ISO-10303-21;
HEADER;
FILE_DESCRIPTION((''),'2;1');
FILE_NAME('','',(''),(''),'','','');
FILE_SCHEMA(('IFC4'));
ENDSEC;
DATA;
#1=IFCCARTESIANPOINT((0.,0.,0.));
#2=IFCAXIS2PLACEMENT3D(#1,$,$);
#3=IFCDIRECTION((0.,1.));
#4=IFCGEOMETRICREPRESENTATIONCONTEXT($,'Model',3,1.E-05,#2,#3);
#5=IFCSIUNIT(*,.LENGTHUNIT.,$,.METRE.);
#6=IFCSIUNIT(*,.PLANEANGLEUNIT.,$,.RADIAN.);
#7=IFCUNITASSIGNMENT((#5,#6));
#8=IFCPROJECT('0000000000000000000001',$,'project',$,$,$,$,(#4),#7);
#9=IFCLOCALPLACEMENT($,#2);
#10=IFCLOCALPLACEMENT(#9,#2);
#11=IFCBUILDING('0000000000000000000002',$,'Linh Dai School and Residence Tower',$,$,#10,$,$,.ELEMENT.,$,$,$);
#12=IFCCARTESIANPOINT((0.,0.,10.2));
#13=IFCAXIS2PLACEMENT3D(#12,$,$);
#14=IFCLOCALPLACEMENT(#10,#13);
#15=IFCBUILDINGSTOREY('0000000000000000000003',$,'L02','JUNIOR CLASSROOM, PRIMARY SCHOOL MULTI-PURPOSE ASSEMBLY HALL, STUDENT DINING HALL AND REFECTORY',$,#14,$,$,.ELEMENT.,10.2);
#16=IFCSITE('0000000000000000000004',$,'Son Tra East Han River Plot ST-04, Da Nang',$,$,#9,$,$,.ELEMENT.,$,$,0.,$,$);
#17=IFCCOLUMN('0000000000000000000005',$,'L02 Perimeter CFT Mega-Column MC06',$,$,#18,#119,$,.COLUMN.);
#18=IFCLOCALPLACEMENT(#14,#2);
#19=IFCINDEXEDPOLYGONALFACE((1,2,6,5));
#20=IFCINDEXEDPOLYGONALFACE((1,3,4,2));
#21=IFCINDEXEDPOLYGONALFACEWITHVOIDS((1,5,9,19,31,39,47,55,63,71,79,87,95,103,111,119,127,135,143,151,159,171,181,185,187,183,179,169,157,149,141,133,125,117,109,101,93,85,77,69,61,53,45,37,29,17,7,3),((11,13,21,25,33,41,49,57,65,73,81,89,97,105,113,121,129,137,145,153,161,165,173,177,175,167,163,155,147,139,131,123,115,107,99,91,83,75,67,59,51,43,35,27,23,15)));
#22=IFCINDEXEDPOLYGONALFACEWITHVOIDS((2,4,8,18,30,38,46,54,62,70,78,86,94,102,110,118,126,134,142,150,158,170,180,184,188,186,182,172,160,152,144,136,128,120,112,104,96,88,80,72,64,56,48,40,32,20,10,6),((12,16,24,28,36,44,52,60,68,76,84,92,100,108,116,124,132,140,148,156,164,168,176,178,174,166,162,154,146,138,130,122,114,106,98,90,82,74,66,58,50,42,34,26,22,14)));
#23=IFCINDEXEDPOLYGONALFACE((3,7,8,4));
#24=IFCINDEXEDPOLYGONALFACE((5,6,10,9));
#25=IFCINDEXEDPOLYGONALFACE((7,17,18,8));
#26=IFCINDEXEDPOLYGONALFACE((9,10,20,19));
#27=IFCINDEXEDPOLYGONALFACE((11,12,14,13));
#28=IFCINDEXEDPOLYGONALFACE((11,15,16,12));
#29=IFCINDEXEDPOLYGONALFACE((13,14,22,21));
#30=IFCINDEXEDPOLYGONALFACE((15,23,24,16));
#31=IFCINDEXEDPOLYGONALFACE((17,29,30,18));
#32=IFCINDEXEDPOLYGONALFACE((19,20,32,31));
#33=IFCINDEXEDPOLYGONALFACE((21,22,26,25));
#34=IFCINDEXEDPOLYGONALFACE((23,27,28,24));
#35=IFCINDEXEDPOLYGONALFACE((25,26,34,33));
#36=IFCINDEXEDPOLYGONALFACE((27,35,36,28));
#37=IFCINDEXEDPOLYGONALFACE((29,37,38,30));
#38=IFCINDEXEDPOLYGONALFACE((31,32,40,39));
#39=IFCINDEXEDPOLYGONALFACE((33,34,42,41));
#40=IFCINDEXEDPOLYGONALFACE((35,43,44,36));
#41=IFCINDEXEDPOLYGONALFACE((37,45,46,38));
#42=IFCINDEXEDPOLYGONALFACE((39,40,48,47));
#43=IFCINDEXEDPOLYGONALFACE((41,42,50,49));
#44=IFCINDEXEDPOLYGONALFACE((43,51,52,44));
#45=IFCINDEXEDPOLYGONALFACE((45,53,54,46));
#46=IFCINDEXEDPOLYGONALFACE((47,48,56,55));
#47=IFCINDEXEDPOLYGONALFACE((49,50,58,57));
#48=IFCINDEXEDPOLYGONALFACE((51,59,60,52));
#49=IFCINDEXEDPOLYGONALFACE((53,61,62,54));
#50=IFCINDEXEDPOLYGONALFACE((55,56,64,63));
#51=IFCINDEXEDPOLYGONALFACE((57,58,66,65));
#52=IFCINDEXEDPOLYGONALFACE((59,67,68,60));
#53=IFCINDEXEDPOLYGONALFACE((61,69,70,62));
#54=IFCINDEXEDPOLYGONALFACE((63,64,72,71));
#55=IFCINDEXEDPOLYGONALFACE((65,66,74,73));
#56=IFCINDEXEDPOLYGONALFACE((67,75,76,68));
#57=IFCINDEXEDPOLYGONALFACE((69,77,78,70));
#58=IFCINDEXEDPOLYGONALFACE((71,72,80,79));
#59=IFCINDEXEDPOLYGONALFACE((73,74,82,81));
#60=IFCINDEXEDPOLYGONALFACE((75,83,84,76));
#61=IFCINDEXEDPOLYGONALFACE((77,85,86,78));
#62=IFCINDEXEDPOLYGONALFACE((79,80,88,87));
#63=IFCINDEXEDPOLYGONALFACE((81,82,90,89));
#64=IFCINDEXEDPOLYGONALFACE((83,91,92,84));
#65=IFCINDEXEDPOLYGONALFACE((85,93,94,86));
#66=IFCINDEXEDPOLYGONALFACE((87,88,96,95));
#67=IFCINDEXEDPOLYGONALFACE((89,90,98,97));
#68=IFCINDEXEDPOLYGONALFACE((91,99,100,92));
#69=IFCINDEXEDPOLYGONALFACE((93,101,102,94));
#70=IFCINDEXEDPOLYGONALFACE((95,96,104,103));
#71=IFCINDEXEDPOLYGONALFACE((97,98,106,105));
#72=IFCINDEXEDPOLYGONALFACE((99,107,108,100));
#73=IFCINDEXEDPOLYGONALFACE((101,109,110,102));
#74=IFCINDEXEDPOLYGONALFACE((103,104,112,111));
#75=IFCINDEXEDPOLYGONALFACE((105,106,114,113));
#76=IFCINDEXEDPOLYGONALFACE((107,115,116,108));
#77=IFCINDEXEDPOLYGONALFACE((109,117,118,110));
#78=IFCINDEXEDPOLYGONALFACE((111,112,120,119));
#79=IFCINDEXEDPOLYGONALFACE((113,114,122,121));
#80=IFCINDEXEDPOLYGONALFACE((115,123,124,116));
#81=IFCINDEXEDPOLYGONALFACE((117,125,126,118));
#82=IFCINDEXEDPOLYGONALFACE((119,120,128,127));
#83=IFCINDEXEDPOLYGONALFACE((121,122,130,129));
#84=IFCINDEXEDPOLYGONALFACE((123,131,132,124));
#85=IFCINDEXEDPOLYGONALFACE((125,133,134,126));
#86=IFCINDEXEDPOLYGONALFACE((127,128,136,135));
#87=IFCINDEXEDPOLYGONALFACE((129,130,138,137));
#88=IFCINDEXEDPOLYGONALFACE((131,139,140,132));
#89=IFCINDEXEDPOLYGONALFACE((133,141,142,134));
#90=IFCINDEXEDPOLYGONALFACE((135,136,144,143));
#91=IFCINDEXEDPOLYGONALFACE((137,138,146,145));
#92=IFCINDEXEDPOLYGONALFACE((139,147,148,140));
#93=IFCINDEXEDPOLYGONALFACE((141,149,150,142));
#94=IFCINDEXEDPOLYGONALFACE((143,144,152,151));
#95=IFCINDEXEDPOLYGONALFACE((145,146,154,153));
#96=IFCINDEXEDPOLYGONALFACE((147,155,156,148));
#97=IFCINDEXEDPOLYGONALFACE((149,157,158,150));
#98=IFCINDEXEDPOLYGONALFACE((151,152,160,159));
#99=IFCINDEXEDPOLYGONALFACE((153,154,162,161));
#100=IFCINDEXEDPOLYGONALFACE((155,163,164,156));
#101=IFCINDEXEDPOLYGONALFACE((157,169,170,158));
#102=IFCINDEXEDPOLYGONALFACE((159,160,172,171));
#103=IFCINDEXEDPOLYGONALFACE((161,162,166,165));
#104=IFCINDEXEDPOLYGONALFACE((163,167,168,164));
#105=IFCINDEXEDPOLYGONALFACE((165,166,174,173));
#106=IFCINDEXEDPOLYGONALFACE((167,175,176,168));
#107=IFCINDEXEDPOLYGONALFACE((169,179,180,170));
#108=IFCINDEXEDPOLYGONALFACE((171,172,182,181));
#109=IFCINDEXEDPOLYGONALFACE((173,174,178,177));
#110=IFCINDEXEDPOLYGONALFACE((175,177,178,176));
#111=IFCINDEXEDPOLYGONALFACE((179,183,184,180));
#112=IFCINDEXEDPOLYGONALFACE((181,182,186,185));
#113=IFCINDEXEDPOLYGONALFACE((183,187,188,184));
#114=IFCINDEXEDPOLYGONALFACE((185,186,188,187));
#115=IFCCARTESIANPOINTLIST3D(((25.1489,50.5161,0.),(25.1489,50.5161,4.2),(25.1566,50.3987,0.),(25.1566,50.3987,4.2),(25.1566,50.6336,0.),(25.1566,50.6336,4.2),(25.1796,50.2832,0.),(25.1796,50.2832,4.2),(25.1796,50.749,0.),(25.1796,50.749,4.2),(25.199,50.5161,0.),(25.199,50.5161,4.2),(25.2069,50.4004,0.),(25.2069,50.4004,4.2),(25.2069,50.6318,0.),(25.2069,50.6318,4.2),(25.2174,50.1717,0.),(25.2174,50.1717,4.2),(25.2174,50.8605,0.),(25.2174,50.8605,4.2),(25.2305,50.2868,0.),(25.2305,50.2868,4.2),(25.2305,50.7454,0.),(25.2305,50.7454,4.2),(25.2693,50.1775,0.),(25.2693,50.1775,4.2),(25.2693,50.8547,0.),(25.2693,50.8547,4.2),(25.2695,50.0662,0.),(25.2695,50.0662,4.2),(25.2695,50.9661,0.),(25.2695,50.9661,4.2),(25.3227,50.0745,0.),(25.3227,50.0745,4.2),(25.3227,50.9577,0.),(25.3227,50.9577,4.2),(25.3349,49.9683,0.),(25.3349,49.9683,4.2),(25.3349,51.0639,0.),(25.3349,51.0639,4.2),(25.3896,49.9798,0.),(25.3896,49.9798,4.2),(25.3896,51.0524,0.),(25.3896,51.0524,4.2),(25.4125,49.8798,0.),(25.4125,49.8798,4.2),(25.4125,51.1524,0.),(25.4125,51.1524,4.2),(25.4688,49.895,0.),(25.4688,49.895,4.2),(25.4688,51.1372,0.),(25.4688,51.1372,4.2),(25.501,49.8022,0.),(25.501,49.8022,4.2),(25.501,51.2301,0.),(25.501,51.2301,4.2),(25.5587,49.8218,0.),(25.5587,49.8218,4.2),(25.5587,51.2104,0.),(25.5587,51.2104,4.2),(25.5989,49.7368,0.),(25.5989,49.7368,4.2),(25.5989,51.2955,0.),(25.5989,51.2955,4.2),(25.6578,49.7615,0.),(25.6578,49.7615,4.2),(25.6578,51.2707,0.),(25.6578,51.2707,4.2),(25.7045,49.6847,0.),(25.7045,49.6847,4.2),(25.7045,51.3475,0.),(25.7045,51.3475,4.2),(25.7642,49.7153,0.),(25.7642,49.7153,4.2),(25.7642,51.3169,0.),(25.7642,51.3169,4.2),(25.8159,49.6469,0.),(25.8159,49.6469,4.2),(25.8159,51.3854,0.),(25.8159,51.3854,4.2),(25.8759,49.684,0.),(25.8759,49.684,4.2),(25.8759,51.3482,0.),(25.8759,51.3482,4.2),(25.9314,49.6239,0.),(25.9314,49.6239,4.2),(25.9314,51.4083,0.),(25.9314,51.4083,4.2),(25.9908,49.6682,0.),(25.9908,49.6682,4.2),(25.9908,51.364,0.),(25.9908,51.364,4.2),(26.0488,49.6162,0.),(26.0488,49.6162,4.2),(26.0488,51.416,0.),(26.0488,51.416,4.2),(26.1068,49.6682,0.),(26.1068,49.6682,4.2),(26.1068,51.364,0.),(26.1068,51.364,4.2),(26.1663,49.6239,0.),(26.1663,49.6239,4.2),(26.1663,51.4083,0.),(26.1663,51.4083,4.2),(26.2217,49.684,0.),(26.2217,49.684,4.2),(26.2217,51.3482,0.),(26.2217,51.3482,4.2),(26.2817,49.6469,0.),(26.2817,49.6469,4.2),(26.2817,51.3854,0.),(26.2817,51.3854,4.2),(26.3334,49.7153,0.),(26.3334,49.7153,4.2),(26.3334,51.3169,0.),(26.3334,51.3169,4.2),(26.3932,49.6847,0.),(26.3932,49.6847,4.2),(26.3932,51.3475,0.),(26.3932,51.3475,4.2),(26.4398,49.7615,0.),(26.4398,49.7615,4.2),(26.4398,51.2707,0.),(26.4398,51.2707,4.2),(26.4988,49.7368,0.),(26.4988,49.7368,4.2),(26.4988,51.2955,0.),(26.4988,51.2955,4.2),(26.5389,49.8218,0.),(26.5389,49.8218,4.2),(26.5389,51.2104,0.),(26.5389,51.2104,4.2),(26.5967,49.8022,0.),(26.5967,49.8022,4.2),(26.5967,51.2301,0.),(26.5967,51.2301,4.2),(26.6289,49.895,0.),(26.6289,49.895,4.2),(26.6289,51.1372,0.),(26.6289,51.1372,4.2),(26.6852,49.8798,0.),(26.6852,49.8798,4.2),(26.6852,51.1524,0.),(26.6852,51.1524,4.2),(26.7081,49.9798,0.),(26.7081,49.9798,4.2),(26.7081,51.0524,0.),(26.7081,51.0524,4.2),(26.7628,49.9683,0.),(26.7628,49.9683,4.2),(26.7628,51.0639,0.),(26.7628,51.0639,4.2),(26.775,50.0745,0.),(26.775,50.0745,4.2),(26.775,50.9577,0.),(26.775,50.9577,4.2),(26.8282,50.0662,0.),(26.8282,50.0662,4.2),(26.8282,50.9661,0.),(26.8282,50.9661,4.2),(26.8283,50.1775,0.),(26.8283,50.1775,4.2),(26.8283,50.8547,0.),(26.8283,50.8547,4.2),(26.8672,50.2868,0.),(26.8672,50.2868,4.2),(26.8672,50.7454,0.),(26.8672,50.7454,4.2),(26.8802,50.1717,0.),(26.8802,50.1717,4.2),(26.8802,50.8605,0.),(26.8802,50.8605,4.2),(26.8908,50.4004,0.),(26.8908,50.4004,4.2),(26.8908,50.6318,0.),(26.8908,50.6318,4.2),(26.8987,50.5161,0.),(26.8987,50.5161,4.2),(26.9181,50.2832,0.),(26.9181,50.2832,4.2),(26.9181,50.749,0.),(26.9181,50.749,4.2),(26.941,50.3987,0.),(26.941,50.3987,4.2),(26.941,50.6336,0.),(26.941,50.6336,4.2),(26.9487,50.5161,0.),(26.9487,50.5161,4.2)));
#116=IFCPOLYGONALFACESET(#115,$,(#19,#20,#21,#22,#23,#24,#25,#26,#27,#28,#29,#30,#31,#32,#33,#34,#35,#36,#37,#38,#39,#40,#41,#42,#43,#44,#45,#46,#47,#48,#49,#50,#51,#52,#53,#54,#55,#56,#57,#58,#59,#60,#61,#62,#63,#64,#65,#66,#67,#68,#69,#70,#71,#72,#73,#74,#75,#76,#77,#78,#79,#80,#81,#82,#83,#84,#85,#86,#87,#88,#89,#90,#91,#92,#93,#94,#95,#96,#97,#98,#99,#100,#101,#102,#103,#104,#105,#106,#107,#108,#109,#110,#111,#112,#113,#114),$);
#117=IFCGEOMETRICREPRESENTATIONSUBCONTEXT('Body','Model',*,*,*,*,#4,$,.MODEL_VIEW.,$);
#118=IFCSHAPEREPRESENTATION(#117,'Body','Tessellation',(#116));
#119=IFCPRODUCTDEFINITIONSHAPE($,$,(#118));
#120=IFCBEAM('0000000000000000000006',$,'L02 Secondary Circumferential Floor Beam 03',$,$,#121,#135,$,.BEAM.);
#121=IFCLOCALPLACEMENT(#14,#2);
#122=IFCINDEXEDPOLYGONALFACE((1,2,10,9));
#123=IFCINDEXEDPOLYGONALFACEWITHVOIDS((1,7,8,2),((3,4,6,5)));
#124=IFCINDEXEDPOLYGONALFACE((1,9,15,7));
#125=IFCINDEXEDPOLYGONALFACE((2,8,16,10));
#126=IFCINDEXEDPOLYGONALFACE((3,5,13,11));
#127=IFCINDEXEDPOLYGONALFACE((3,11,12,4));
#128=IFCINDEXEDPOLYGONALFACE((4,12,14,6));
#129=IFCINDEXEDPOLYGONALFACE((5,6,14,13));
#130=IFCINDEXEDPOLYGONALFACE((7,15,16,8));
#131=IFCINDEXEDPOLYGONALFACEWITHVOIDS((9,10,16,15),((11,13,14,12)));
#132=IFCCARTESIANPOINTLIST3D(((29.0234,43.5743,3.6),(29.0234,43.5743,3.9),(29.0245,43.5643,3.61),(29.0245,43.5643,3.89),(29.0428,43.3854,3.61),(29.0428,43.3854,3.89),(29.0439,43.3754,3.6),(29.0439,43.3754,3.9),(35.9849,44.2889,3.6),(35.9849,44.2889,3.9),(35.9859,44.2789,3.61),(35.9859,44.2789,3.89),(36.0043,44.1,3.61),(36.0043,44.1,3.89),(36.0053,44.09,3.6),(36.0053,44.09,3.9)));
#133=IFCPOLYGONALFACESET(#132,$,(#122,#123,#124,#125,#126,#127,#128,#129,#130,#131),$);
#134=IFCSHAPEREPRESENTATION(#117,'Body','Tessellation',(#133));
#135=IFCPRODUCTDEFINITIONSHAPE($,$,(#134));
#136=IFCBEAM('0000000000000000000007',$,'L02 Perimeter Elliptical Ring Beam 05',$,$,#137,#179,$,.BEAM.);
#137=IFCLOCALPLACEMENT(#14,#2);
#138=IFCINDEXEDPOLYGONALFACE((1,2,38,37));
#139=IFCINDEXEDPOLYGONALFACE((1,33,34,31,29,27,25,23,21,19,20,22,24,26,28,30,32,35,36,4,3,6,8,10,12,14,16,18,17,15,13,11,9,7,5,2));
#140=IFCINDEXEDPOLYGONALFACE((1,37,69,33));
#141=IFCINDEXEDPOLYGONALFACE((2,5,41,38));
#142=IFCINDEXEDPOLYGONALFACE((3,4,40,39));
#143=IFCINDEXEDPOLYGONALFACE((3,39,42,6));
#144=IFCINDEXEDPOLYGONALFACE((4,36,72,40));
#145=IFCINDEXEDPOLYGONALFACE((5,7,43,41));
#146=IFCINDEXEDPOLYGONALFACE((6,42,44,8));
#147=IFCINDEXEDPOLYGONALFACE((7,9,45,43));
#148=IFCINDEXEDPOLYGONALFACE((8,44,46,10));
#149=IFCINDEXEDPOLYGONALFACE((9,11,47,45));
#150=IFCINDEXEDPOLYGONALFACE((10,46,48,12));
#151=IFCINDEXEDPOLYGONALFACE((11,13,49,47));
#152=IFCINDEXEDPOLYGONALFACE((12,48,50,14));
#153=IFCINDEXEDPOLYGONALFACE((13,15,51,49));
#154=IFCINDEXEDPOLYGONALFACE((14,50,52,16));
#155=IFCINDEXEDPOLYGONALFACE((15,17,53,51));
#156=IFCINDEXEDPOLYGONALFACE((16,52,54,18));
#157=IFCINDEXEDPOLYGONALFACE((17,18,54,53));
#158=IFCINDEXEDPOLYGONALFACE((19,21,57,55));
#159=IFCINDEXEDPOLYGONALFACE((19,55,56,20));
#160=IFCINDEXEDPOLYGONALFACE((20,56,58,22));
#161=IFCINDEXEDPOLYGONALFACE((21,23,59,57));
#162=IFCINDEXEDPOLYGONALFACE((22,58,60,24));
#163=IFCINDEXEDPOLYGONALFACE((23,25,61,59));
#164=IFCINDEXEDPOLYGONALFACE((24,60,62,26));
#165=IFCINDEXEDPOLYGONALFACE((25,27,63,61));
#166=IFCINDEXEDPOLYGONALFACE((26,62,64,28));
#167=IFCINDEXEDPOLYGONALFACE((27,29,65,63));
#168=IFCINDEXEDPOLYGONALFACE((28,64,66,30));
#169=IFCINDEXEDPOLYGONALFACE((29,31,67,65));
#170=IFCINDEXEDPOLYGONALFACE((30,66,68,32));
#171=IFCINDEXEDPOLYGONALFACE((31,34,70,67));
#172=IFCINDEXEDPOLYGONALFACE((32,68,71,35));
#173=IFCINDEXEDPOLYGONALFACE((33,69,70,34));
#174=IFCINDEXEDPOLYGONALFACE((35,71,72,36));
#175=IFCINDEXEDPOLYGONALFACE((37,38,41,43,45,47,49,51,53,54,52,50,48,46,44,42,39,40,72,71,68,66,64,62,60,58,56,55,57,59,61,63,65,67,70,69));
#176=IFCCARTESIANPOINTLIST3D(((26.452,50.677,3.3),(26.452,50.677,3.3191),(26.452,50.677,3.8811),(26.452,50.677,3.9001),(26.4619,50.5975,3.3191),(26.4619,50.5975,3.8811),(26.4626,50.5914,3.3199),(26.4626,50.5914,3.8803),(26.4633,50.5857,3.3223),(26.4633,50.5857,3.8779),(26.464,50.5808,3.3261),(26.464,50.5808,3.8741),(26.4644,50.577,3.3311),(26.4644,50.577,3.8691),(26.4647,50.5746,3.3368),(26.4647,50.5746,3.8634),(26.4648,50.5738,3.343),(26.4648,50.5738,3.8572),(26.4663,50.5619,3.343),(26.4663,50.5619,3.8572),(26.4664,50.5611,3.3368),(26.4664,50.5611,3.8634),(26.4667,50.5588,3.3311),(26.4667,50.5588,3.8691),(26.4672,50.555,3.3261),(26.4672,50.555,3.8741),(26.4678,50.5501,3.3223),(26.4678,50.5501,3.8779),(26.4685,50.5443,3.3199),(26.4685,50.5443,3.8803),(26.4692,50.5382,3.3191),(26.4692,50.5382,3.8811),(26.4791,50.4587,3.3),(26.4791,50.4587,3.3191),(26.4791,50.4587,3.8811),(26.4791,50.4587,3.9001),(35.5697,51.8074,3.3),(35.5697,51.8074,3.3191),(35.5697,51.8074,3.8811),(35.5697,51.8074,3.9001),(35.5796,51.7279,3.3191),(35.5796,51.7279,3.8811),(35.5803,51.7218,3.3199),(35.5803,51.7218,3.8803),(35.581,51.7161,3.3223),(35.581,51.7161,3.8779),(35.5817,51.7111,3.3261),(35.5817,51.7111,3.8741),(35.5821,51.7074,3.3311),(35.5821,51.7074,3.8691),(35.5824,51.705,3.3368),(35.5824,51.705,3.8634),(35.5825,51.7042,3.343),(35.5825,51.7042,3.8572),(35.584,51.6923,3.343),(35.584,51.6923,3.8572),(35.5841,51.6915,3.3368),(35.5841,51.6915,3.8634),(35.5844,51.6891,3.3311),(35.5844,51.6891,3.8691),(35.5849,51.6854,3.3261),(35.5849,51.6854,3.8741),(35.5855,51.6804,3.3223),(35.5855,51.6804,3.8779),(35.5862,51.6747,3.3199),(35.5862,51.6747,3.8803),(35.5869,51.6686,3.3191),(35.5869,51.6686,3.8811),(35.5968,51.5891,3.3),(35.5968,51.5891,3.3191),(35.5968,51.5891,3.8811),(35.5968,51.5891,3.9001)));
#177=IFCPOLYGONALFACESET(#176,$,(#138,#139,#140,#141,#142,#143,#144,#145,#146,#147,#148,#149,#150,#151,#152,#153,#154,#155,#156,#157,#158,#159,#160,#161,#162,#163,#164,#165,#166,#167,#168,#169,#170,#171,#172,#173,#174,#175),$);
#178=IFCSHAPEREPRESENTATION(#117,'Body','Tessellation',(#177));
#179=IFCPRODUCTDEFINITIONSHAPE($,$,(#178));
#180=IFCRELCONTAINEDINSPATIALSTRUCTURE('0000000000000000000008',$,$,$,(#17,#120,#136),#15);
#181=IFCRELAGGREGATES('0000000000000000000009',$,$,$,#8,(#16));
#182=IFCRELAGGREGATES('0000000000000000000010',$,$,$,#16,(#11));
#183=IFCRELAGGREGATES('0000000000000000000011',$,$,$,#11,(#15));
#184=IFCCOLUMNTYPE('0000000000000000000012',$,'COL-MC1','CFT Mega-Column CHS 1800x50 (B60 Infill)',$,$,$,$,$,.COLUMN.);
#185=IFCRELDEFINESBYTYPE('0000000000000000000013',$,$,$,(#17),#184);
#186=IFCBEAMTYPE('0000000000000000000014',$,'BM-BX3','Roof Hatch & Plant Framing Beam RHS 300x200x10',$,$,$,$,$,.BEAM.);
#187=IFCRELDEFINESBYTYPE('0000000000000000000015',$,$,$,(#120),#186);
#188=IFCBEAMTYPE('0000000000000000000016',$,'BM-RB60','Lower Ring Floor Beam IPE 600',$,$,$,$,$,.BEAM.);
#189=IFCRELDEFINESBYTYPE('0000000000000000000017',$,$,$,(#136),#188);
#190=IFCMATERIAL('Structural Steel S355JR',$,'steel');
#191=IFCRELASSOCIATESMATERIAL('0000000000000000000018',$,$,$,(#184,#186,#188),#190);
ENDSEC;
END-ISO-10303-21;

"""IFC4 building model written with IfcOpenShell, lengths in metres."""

from ifc_helpers import new_model, si_unit, direction, frame, origin, origin_2d, place, context, subcontext, project, spatial, hollow_rectangle, hollow_circle, i_section, extrude, material, material_profile, profile_set, type_object, element, save


model = new_model("IFC4")

# Units and contexts
model_context = context("Model", 3, precision=1e-05, world=origin(), true_north=direction((0.0, 1.0)))
body_context = subcontext(model_context, "Body", "Model", "MODEL_VIEW")
ifc_project = project(units=[si_unit("LENGTHUNIT", "METRE"), si_unit("PLANEANGLEUNIT", "RADIAN")], contexts=[model_context])

# Site, building, storey
site_placement = place(None, origin())
site = spatial("IfcSite", under=ifc_project, at=site_placement, Name="Son Tra East Han River Plot ST-04, Da Nang", CompositionType="ELEMENT", RefElevation=0.0)
building_placement = place(site_placement, origin())
building = spatial("IfcBuilding", under=site, at=building_placement, Name="Linh Dai School and Residence Tower", CompositionType="ELEMENT")
storey_placement = place(building_placement, frame((0.0, 0.0, 10.2)))
storey = spatial("IfcBuildingStorey", under=building, at=storey_placement, Name="L02", Description="JUNIOR CLASSROOM, PRIMARY SCHOOL MULTI-PURPOSE ASSEMBLY HALL, STUDENT DINING HALL AND REFECTORY", CompositionType="ELEMENT", Elevation=10.2)

# Column
ifc_material_1 = material(Name="Structural Steel S355JR", Category="steel")
ifc_material_profile_1 = material_profile(ifc_material_1, hollow_circle(Radius=0.8999, WallThickness=0.05, at=origin_2d()), Name="CHS 1800x50")
ifc_profile_set_1 = profile_set([ifc_material_profile_1], Name="Structural Steel S355JR")
column_type_1 = type_object("IfcColumnType", Name="COL-MC1", Description="CFT Mega-Column CHS 1800x50 (B60 Infill)", PredefinedType="COLUMN", material=ifc_profile_set_1)
for number, where, z_axis, x_axis, name in (
    (1, (26.0488, 50.5161, 0.0), (0.0, 0.0, 1.0), (1.0, 0.0, 0.0), "L02 Perimeter CFT Mega-Column MC06"),
):
    element("IfcColumn", number, at=place(storey_placement, frame(where, z_axis=z_axis, x_axis=x_axis)), inside=storey, type_object=column_type_1, Name=name, PredefinedType="COLUMN", context=body_context, shape_type="SweptSolid", body=[
        extrude(hollow_circle(Radius=0.8999, WallThickness=0.05, at=origin_2d()), origin(), (0.0, 0.0, 1.0), 4.2),
    ])

# Beams
ifc_material_profile_2 = material_profile(ifc_material_1, hollow_rectangle(XDim=0.2, YDim=0.3, WallThickness=0.01, at=origin_2d()), Name="RHS 300x200x10")
ifc_profile_set_2 = profile_set([ifc_material_profile_2], Name="Structural Steel S355JR")
beam_type_1 = type_object("IfcBeamType", Name="BM-BX3", Description="Roof Hatch & Plant Framing Beam RHS 300x200x10", PredefinedType="BEAM", material=ifc_profile_set_2)
beam_1_placement = place(storey_placement, frame((35.9951, 44.1895, 3.75), z_axis=(-0.994773, -0.102115, 0.0), x_axis=(0.102115, -0.994773, 0.0)))
element("IfcBeam", 2, at=beam_1_placement, inside=storey, type_object=beam_type_1, Name="L02 Secondary Circumferential Floor Beam 03", PredefinedType="BEAM", context=body_context, shape_type="SweptSolid", body=[
    extrude(hollow_rectangle(XDim=0.2, YDim=0.3, WallThickness=0.01, at=origin_2d()), origin(), (0.0, 0.0, 1.0), 6.998),
])
ifc_material_profile_3 = material_profile(ifc_material_1, i_section(OverallWidth=0.22, OverallDepth=0.6001, WebThickness=0.012, FlangeThickness=0.019, FilletRadius=0.0239, at=origin_2d()), Name="IPE 600")
ifc_profile_set_3 = profile_set([ifc_material_profile_3], Name="Structural Steel S355JR")
beam_type_2 = type_object("IfcBeamType", Name="BM-RB60", Description="Lower Ring Floor Beam IPE 600", PredefinedType="BEAM", material=ifc_profile_set_3)
beam_2_placement = place(storey_placement, frame((35.5833, 51.6982, 3.6001), z_axis=(-0.992402, -0.123034, 0.0), x_axis=(0.123034, -0.992402, 0.0)))
element("IfcBeam", 3, at=beam_2_placement, inside=storey, type_object=beam_type_2, Name="L02 Perimeter Elliptical Ring Beam 05", PredefinedType="BEAM", context=body_context, shape_type="SweptSolid", body=[
    extrude(i_section(OverallWidth=0.22, OverallDepth=0.6001, WebThickness=0.012, FlangeThickness=0.019, FilletRadius=0.0239, at=origin_2d()), origin(), (0.0, 0.0, 1.0), 9.1875),
])

save(model, "model.ifc")
